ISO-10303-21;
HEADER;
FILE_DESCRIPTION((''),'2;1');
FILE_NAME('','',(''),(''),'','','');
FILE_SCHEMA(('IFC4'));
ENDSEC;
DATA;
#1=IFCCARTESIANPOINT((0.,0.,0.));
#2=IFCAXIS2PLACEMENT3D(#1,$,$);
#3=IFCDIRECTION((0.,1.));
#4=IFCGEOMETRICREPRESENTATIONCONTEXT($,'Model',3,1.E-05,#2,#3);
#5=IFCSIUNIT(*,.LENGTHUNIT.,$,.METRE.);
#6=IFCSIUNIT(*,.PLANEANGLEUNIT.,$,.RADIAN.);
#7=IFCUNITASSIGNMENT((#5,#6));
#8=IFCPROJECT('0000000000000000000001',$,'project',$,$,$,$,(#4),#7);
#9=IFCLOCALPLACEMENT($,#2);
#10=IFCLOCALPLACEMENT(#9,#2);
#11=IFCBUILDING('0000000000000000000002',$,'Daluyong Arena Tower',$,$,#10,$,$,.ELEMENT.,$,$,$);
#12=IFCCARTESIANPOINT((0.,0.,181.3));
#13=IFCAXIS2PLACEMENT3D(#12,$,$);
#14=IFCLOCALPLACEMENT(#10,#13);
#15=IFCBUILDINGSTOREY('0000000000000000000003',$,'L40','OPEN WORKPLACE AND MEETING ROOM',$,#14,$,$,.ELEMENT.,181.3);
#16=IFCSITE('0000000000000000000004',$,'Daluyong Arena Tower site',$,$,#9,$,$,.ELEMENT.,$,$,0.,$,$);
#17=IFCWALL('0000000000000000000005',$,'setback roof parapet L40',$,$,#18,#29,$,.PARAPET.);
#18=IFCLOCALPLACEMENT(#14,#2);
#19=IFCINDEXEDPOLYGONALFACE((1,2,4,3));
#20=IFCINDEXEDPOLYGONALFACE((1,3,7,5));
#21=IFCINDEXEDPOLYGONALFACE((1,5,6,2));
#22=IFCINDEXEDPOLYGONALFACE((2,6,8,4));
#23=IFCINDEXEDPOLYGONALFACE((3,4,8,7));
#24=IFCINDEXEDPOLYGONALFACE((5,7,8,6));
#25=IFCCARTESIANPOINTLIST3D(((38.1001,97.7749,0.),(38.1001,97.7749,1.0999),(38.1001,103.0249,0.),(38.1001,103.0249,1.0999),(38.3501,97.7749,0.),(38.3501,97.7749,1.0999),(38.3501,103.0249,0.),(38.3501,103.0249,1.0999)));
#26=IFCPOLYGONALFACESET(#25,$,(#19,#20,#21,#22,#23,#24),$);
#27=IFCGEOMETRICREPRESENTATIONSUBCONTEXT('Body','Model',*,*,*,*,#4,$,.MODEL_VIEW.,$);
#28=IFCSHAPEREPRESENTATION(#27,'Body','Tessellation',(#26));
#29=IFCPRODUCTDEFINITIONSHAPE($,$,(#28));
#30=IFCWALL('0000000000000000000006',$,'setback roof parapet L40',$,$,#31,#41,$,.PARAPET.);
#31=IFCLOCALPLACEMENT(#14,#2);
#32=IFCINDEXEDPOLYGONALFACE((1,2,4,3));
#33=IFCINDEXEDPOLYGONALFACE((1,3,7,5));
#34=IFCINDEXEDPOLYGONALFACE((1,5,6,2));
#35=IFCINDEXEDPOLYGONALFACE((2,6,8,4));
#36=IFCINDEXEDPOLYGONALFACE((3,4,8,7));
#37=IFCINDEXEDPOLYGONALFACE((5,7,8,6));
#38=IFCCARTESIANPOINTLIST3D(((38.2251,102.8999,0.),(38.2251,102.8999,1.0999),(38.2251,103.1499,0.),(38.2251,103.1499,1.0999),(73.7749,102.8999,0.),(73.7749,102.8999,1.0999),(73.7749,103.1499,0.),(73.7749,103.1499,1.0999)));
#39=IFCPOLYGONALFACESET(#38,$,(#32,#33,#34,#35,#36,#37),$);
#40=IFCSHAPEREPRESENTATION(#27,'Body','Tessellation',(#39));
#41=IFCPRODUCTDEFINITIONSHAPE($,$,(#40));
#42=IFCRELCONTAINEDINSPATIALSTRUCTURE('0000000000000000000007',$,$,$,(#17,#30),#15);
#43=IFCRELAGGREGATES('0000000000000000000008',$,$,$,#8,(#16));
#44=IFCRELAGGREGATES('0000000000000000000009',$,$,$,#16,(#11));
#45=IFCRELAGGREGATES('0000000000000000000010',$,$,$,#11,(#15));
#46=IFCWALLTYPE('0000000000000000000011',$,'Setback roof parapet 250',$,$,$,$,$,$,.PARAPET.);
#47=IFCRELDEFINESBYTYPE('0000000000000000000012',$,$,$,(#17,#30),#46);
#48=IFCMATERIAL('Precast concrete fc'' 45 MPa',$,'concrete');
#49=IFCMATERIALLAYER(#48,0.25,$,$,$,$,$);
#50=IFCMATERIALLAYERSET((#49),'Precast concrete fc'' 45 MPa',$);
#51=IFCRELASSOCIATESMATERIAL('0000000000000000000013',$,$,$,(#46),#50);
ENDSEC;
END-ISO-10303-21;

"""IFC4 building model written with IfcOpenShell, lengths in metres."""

from ifc_helpers import new_model, si_unit, direction, frame, frame_2d, origin, place, context, subcontext, project, spatial, rectangle, extrude, material, layer, layer_set, type_object, element, save


model = new_model("IFC4")

# Units and contexts
model_context = context("Model", 3, precision=1e-05, world=origin(), true_north=direction((0.0, 1.0)))
body_context = subcontext(model_context, "Body", "Model", "MODEL_VIEW")
ifc_project = project(units=[si_unit("LENGTHUNIT", "METRE"), si_unit("PLANEANGLEUNIT", "RADIAN")], contexts=[model_context])

# Site, building, storey
site_placement = place(None, origin())
site = spatial("IfcSite", under=ifc_project, at=site_placement, Name="Daluyong Arena Tower site", CompositionType="ELEMENT", RefElevation=0.0)
building_placement = place(site_placement, origin())
building = spatial("IfcBuilding", under=site, at=building_placement, Name="Daluyong Arena Tower", CompositionType="ELEMENT")
storey_placement = place(building_placement, frame((0.0, 0.0, 181.3)))
storey = spatial("IfcBuildingStorey", under=building, at=storey_placement, Name="L40", Description="OPEN WORKPLACE AND MEETING ROOM", CompositionType="ELEMENT", Elevation=181.3)

# Walls
ifc_material_1 = material(Name="Precast concrete fc' 45 MPa", Category="concrete")
ifc_layer_1 = layer(ifc_material_1, 0.25)
ifc_layer_set_1 = layer_set([ifc_layer_1], Name="Precast concrete fc' 45 MPa")
wall_type_1 = type_object("IfcWallType", Name="Setback roof parapet 250", PredefinedType="PARAPET", material=ifc_layer_set_1)
for number, where, z_axis, x_axis, name in (
    (1, (38.2251, 97.7749, 0.0), (0.0, 0.0, 1.0), (0.0, 1.0, 0.0), "setback roof parapet L40"),
):
    element("IfcWall", number, at=place(storey_placement, frame(where, z_axis=z_axis, x_axis=x_axis)), inside=storey, type_object=wall_type_1, Name=name, PredefinedType="PARAPET", context=body_context, shape_type="SweptSolid", body=[
        extrude(rectangle(XDim=5.25, YDim=0.25, at=frame_2d((2.625, 0.0))), origin(), (0.0, 0.0, 1.0), 1.0999),
    ])
wall_1_placement = place(storey_placement, frame((38.2251, 103.0249, 0.0), z_axis=(0.0, 0.0, 1.0), x_axis=(1.0, 0.0, 0.0)))
element("IfcWall", 2, at=wall_1_placement, inside=storey, type_object=wall_type_1, Name="setback roof parapet L40", PredefinedType="PARAPET", context=body_context, shape_type="SweptSolid", body=[
    extrude(rectangle(XDim=35.5498, YDim=0.25, at=frame_2d((17.7749, 0.0))), origin(), (0.0, 0.0, 1.0), 1.0999),
])

save(model, "model.ifc")
